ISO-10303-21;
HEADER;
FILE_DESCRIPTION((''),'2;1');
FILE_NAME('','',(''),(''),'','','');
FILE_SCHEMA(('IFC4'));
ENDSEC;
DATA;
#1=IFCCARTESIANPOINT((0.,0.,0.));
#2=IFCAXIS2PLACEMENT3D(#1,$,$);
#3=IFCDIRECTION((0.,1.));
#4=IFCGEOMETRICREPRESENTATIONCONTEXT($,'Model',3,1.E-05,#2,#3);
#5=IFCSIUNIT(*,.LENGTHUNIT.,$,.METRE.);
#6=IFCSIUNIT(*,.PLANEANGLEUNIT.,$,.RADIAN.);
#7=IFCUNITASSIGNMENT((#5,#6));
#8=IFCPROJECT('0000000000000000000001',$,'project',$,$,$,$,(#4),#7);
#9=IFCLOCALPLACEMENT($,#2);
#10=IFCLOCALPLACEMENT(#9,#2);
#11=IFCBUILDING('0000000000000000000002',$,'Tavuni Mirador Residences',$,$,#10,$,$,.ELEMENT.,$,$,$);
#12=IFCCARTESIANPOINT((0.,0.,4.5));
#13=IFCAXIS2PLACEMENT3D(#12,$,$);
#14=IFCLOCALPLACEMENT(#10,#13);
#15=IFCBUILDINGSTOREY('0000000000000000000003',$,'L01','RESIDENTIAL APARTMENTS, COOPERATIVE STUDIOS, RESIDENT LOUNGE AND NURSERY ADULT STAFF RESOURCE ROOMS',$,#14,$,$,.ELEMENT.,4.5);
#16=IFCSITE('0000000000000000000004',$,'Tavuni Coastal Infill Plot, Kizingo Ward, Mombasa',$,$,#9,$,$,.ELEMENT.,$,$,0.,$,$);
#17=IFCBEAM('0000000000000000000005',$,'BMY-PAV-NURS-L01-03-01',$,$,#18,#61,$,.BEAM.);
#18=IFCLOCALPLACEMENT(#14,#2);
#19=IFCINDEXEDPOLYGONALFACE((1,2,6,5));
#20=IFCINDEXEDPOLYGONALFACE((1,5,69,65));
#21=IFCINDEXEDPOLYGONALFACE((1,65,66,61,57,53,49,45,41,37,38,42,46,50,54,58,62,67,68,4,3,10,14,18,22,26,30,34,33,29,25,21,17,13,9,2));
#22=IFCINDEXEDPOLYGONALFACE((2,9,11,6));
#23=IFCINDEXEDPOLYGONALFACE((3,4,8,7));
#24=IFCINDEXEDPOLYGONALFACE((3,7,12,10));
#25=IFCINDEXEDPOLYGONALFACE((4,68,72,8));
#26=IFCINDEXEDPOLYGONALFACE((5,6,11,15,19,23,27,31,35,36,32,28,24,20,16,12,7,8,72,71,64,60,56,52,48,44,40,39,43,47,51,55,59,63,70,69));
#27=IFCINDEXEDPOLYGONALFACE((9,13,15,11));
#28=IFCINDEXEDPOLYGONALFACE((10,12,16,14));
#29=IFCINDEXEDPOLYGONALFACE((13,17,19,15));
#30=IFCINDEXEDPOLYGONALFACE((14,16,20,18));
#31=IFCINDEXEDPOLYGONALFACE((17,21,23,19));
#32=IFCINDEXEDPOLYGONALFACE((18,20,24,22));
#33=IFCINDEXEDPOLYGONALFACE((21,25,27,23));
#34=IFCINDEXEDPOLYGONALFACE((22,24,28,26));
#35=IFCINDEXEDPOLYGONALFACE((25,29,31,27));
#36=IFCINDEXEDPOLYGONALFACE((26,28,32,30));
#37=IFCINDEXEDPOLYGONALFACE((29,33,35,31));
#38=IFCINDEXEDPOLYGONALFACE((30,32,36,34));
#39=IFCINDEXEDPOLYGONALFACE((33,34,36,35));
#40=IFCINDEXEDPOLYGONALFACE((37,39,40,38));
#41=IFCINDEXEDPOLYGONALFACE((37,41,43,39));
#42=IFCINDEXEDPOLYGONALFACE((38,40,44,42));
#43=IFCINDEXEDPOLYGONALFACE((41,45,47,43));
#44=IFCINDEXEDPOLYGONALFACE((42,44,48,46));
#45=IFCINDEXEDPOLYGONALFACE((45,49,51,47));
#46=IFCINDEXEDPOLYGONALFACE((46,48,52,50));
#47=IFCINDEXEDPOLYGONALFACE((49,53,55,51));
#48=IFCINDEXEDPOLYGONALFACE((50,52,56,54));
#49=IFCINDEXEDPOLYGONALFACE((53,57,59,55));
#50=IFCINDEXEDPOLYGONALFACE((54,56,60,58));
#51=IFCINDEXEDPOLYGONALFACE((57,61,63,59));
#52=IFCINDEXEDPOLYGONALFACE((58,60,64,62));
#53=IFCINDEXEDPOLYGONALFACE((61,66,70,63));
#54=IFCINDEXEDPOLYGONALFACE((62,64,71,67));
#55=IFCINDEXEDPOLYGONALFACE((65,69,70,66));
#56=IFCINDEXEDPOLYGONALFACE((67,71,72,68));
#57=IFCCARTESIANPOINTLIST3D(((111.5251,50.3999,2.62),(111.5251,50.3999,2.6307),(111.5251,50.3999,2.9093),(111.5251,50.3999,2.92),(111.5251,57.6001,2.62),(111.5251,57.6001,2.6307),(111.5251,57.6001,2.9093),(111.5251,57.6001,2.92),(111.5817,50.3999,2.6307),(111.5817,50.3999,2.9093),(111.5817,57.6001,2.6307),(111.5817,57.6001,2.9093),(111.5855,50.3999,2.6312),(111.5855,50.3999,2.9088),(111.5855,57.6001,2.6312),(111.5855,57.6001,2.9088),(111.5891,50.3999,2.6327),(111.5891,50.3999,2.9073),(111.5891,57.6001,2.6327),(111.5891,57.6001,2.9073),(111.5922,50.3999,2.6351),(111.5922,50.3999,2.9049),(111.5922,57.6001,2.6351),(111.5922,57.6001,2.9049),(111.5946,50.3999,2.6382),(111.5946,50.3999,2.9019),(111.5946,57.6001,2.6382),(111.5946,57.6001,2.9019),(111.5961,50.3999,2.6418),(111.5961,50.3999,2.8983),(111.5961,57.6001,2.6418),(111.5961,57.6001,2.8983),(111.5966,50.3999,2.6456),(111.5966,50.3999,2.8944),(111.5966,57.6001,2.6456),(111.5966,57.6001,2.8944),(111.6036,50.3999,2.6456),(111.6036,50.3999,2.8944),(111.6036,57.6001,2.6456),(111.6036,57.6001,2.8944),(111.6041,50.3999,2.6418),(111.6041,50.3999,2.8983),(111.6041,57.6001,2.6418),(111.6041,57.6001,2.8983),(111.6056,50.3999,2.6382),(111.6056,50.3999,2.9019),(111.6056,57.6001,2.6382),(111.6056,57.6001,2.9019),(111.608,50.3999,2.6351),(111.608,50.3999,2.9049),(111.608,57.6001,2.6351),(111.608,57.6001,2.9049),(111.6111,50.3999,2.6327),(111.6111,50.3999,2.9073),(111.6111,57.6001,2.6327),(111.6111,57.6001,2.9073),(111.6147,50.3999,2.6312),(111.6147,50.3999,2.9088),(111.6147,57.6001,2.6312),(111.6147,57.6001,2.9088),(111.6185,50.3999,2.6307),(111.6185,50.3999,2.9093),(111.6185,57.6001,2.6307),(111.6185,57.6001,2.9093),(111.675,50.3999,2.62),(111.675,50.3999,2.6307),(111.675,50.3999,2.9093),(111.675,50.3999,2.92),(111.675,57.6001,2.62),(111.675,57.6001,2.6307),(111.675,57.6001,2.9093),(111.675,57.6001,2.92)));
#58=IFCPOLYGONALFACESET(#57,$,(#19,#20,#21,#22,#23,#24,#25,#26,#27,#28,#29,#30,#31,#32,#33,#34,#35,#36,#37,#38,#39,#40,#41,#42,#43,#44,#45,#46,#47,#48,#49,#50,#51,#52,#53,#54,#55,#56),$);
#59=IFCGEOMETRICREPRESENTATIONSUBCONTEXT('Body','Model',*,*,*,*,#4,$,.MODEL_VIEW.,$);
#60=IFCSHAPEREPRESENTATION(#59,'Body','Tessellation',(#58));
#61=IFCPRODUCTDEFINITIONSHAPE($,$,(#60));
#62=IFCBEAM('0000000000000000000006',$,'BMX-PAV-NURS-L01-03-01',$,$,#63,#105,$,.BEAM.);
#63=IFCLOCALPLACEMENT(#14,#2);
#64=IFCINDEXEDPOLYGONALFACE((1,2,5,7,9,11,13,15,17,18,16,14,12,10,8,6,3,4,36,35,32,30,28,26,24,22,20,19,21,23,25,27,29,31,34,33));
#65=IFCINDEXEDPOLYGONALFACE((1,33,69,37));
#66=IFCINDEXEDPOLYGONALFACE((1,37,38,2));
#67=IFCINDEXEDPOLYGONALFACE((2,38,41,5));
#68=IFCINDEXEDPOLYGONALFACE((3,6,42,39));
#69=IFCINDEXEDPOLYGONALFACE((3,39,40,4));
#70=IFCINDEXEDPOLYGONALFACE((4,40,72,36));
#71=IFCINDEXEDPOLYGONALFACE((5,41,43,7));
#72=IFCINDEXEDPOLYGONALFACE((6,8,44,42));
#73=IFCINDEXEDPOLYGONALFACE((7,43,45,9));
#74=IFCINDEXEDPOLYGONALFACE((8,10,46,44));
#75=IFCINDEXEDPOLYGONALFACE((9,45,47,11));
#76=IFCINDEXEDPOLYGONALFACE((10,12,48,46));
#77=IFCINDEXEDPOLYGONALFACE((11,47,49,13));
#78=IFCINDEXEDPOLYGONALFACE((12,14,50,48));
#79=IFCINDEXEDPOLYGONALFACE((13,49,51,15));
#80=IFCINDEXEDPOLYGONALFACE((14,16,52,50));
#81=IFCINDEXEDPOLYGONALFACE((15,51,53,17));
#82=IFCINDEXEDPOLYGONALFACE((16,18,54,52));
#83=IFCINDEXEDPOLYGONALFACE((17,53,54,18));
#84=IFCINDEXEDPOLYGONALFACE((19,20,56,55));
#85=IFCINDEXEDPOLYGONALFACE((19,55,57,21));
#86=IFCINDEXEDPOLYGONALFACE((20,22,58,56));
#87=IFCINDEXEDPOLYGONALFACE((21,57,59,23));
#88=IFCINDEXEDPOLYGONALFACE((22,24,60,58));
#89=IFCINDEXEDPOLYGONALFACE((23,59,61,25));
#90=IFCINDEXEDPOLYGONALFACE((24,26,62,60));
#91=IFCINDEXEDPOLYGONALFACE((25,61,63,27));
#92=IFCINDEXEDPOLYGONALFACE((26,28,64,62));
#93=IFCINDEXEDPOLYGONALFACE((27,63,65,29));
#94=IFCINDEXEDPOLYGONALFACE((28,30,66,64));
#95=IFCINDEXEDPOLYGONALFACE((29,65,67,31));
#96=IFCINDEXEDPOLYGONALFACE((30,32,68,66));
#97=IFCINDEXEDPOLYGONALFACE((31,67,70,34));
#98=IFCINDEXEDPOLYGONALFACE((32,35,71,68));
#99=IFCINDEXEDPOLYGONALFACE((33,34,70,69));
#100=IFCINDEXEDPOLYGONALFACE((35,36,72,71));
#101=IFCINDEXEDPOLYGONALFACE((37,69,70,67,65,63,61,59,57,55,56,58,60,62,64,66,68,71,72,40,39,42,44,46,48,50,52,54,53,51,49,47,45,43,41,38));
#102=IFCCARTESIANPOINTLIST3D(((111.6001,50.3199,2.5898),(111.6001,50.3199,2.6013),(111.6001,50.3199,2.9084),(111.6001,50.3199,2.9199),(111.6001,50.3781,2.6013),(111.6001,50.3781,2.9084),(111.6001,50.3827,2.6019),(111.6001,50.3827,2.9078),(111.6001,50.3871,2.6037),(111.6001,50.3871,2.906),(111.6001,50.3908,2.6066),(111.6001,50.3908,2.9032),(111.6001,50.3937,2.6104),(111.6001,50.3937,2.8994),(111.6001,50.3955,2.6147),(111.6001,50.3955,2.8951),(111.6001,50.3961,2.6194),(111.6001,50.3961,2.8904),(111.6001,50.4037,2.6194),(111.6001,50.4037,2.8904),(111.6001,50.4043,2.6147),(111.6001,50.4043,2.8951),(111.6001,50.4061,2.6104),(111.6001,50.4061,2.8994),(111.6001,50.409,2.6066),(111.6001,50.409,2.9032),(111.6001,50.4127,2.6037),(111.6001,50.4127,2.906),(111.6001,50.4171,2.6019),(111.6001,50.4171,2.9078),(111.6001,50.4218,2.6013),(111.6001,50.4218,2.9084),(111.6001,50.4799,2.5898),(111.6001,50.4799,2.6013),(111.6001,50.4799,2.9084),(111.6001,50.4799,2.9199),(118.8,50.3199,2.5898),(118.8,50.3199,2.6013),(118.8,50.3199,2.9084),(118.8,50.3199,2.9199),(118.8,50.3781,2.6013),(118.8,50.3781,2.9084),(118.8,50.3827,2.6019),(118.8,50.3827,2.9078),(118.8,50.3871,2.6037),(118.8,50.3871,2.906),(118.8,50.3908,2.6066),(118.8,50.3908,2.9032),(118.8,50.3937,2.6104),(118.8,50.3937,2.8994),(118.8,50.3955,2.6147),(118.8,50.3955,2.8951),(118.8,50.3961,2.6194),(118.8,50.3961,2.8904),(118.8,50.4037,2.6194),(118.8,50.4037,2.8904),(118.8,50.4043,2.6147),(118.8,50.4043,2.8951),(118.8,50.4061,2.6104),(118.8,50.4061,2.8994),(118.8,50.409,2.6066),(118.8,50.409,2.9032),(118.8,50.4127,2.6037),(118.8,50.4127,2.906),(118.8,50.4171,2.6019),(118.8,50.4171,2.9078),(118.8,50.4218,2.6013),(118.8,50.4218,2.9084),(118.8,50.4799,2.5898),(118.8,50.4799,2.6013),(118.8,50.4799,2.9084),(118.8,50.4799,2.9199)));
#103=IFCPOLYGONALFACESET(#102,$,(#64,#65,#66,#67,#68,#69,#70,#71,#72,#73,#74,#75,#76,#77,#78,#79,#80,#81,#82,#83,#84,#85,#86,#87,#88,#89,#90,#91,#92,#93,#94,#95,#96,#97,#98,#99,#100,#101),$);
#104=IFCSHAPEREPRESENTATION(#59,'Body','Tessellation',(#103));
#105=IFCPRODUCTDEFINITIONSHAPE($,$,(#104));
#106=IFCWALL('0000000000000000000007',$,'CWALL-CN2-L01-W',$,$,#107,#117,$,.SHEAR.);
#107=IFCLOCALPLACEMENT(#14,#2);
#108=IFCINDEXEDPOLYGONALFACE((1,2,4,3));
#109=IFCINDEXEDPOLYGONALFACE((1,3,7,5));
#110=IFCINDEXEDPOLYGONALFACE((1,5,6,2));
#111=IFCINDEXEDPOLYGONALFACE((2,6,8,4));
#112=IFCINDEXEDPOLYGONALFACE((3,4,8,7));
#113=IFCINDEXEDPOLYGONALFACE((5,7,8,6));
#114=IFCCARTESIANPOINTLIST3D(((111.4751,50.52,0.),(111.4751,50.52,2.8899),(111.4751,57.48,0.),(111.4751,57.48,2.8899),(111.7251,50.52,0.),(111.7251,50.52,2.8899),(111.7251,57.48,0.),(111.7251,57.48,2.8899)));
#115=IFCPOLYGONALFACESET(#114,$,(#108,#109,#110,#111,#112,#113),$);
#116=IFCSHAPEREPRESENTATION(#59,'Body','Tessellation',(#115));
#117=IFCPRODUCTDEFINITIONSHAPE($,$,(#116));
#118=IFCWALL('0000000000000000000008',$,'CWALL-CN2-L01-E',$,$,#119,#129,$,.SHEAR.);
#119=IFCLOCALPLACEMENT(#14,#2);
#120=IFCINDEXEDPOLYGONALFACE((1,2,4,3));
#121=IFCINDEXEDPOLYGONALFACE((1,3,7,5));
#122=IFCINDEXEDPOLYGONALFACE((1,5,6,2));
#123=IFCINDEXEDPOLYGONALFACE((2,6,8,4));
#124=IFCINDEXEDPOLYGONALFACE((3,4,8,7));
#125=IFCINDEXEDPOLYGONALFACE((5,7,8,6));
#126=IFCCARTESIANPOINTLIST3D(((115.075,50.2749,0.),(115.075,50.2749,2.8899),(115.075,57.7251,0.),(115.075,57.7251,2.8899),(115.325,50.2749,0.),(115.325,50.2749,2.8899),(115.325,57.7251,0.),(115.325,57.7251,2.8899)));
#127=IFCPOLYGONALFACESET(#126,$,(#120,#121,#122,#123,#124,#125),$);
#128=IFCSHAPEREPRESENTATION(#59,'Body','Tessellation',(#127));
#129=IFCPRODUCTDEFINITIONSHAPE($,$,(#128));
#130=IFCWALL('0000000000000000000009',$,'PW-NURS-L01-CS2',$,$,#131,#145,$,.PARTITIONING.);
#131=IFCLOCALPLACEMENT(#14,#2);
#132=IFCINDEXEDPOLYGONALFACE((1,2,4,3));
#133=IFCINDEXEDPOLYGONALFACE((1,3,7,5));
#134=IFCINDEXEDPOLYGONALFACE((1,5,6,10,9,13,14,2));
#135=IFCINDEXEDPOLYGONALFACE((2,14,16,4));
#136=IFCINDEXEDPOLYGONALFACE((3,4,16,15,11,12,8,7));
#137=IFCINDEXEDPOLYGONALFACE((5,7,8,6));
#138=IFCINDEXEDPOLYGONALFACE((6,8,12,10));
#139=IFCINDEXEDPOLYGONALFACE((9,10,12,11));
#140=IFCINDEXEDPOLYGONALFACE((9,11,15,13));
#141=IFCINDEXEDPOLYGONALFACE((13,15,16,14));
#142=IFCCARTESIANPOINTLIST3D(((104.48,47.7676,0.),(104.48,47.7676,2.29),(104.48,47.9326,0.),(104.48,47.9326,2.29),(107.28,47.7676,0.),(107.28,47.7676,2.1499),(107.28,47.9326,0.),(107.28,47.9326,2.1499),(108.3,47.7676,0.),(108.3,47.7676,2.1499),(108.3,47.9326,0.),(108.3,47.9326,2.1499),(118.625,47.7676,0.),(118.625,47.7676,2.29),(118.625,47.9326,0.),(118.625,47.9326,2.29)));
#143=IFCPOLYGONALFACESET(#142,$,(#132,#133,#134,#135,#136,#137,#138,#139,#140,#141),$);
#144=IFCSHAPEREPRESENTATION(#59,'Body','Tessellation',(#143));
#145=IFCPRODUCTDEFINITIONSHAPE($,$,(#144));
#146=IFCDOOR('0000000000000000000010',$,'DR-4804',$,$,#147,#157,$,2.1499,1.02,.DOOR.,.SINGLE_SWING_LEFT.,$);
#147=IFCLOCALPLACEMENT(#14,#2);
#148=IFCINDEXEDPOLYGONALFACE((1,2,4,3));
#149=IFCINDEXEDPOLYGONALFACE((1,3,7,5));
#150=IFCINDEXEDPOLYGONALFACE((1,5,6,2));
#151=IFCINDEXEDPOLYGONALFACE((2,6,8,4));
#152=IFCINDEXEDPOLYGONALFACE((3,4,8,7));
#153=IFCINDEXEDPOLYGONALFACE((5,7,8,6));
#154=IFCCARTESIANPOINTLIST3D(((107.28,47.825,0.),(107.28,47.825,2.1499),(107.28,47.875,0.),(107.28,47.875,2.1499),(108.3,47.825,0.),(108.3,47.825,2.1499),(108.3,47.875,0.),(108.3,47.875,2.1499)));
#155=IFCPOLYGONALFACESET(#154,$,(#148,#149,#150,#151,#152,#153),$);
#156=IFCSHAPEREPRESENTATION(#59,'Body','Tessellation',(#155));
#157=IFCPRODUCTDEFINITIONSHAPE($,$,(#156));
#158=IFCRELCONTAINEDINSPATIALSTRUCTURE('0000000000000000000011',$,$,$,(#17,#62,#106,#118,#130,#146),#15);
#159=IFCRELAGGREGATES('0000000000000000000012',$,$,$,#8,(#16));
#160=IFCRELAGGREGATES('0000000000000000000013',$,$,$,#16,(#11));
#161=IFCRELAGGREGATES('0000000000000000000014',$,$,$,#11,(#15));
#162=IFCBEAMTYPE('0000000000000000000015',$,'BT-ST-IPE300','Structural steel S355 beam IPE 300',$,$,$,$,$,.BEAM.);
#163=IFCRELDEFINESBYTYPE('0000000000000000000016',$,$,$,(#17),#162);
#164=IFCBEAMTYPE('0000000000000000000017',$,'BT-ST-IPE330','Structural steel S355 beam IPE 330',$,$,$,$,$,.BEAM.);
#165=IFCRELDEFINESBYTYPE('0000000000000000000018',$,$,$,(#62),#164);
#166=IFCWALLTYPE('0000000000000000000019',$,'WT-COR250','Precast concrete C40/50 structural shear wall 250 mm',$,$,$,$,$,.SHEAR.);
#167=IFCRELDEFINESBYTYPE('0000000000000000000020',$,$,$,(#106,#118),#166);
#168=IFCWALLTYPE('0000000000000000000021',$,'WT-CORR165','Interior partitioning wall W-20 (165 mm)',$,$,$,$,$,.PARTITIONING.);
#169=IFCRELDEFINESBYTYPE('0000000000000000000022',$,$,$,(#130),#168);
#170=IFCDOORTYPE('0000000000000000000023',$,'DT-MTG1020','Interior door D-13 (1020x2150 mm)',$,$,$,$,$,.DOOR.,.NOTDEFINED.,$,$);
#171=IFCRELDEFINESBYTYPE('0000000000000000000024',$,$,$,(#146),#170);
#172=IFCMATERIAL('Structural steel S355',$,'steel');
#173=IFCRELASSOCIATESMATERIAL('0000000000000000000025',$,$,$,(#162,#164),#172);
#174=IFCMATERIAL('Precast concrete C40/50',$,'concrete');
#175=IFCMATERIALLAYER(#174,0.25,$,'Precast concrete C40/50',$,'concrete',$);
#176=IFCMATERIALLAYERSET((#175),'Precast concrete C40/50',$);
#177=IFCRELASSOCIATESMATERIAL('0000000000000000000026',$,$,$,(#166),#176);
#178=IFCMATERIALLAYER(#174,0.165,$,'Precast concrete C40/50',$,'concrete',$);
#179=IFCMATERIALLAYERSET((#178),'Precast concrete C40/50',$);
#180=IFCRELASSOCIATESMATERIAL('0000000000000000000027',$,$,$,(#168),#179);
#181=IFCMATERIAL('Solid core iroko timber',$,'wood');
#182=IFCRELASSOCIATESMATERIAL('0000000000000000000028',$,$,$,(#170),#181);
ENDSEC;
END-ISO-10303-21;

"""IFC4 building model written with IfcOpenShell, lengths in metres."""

from ifc_helpers import new_model, si_unit, direction, frame, frame_2d, origin, origin_2d, place, context, subcontext, project, spatial, rectangle, i_section, extrude, material, layer, layer_set, material_profile, profile_set, type_object, element, fill, save


model = new_model("IFC4")

# Units and contexts
model_context = context("Model", 3, precision=1e-05, world=origin(), true_north=direction((0.0, 1.0)))
body_context = subcontext(model_context, "Body", "Model", "MODEL_VIEW")
ifc_project = project(units=[si_unit("LENGTHUNIT", "METRE"), si_unit("PLANEANGLEUNIT", "RADIAN")], contexts=[model_context])

# Site, building, storey
site_placement = place(None, origin())
site = spatial("IfcSite", under=ifc_project, at=site_placement, Name="Tavuni Coastal Infill Plot, Kizingo Ward, Mombasa", CompositionType="ELEMENT", RefElevation=0.0)
building_placement = place(site_placement, origin())
building = spatial("IfcBuilding", under=site, at=building_placement, Name="Tavuni Mirador Residences", CompositionType="ELEMENT")
storey_placement = place(building_placement, frame((0.0, 0.0, 4.5)))
storey = spatial("IfcBuildingStorey", under=building, at=storey_placement, Name="L01", Description="RESIDENTIAL APARTMENTS, COOPERATIVE STUDIOS, RESIDENT LOUNGE AND NURSERY ADULT STAFF RESOURCE ROOMS", CompositionType="ELEMENT", Elevation=4.5)

# Shared definitions
ifc_material_1 = material(Name="Precast concrete C40/50", Category="concrete")
ifc_material_2 = material(Name="Structural steel S355", Category="steel")

# Beams
ifc_material_profile_1 = material_profile(ifc_material_2, i_section(OverallWidth=0.1499, OverallDepth=0.3, WebThickness=0.0071, FlangeThickness=0.0107, FilletRadius=0.0149, at=origin_2d()), Name="IPE 300", Category="steel")
ifc_profile_set_1 = profile_set([ifc_material_profile_1], Name="Structural steel S355")
beam_type_1 = type_object("IfcBeamType", Name="BT-ST-IPE300", Description="Structural steel S355 beam IPE 300", PredefinedType="BEAM", material=ifc_profile_set_1)
beam_1_placement = place(storey_placement, frame((111.6001, 50.3999, 2.77), z_axis=(0.0, 1.0, 0.0), x_axis=(-1.0, 0.0, 0.0)))
element("IfcBeam", 1, at=beam_1_placement, inside=storey, type_object=beam_type_1, Name="BMY-PAV-NURS-L01-03-01", PredefinedType="BEAM", context=body_context, shape_type="SweptSolid", body=[
    extrude(i_section(OverallWidth=0.1499, OverallDepth=0.3, WebThickness=0.0071, FlangeThickness=0.0107, FilletRadius=0.0149, at=origin_2d()), origin(), (0.0, 0.0, 1.0), 7.2002),
])
ifc_material_profile_2 = material_profile(ifc_material_2, i_section(OverallWidth=0.1599, OverallDepth=0.3301, WebThickness=0.0076, FlangeThickness=0.0115, FilletRadius=0.0181, at=origin_2d()), Name="IPE 330", Category="steel")
ifc_profile_set_2 = profile_set([ifc_material_profile_2], Name="Structural steel S355")
beam_type_2 = type_object("IfcBeamType", Name="BT-ST-IPE330", Description="Structural steel S355 beam IPE 330", PredefinedType="BEAM", material=ifc_profile_set_2)
beam_2_placement = place(storey_placement, frame((111.6001, 50.3999, 2.7549), z_axis=(1.0, 0.0, 0.0), x_axis=(0.0, 1.0, 0.0)))
element("IfcBeam", 2, at=beam_2_placement, inside=storey, type_object=beam_type_2, Name="BMX-PAV-NURS-L01-03-01", PredefinedType="BEAM", context=body_context, shape_type="SweptSolid", body=[
    extrude(i_section(OverallWidth=0.1599, OverallDepth=0.3301, WebThickness=0.0076, FlangeThickness=0.0115, FilletRadius=0.0181, at=origin_2d()), origin(), (0.0, 0.0, 1.0), 7.2),
])

# Walls
ifc_layer_1 = layer(ifc_material_1, 0.25, Name="Precast concrete C40/50", Category="concrete")
ifc_layer_set_1 = layer_set([ifc_layer_1], Name="Precast concrete C40/50")
wall_type_1 = type_object("IfcWallType", Name="WT-COR250", Description="Precast concrete C40/50 structural shear wall 250 mm", PredefinedType="SHEAR", material=ifc_layer_set_1)
wall_1_placement = place(storey_placement, frame((111.6001, 50.52, 0.0), z_axis=(0.0, 0.0, 1.0), x_axis=(0.0, 1.0, 0.0)))
element("IfcWall", 3, at=wall_1_placement, inside=storey, type_object=wall_type_1, Name="CWALL-CN2-L01-W", PredefinedType="SHEAR", context=body_context, shape_type="SweptSolid", body=[
    extrude(rectangle(XDim=6.96, YDim=0.25, at=frame_2d((3.48, 0.0))), origin(), (0.0, 0.0, 1.0), 2.8899),
])
wall_2_placement = place(storey_placement, frame((115.2, 50.2749, 0.0), z_axis=(0.0, 0.0, 1.0), x_axis=(0.0, 1.0, 0.0)))
element("IfcWall", 4, at=wall_2_placement, inside=storey, type_object=wall_type_1, Name="CWALL-CN2-L01-E", PredefinedType="SHEAR", context=body_context, shape_type="SweptSolid", body=[
    extrude(rectangle(XDim=7.4502, YDim=0.25, at=frame_2d((3.7251, 0.0))), origin(), (0.0, 0.0, 1.0), 2.8899),
])

# Wall, opening, door
ifc_material_3 = material(Name="Solid core iroko timber", Category="wood")
ifc_layer_2 = layer(ifc_material_1, 0.165, Name="Precast concrete C40/50", Category="concrete")
ifc_layer_set_2 = layer_set([ifc_layer_2], Name="Precast concrete C40/50")
wall_type_2 = type_object("IfcWallType", Name="WT-CORR165", Description="Interior partitioning wall W-20 (165 mm)", PredefinedType="PARTITIONING", material=ifc_layer_set_2)
wall_3_placement = place(storey_placement, frame((104.48, 47.8501, 0.0), z_axis=(0.0, 0.0, 1.0), x_axis=(1.0, 0.0, 0.0)))
wall_3 = element("IfcWall", 5, at=wall_3_placement, inside=storey, type_object=wall_type_2, Name="PW-NURS-L01-CS2", PredefinedType="PARTITIONING", context=body_context, shape_type="SweptSolid", body=[
    extrude(rectangle(XDim=14.145, YDim=0.165, at=frame_2d((7.0725, 0.0))), origin(), (0.0, 0.0, 1.0), 2.29),
])
opening_1_placement = place(wall_3_placement, frame((2.8, 0.0, 0.0)))
opening_1 = element("IfcOpeningElement", 6, at=opening_1_placement, cuts=wall_3, PredefinedType="OPENING", context=body_context, shape_type="SweptSolid", body=[
    extrude(rectangle(XDim=1.02, YDim=2.1499, at=frame_2d((0.51, 1.075))), frame((0.0, 0.0925, 0.0), z_axis=(0.0, -1.0, 0.0), x_axis=(1.0, 0.0, 0.0)), (0.0, 0.0, 1.0), 0.1851),
])
door_type_1 = type_object("IfcDoorType", Name="DT-MTG1020", Description="Interior door D-13 (1020x2150 mm)", OperationType="NOTDEFINED", PredefinedType="DOOR", material=ifc_material_3)
door_1_placement = place(opening_1_placement, origin())
door_1 = element("IfcDoor", 7, at=door_1_placement, inside=storey, type_object=door_type_1, Name="DR-4804", OperationType="SINGLE_SWING_LEFT", OverallHeight=2.1499, OverallWidth=1.02, PredefinedType="DOOR", context=body_context, shape_type="SweptSolid", body=[
    extrude(rectangle(XDim=1.02, YDim=2.1499, at=frame_2d((0.51, 1.075))), frame((0.0, 0.0249, 0.0), z_axis=(0.0, -1.0, 0.0), x_axis=(1.0, 0.0, 0.0)), (0.0, 0.0, 1.0), 0.05),
])
fill(opening_1, door_1)

save(model, "model.ifc")
